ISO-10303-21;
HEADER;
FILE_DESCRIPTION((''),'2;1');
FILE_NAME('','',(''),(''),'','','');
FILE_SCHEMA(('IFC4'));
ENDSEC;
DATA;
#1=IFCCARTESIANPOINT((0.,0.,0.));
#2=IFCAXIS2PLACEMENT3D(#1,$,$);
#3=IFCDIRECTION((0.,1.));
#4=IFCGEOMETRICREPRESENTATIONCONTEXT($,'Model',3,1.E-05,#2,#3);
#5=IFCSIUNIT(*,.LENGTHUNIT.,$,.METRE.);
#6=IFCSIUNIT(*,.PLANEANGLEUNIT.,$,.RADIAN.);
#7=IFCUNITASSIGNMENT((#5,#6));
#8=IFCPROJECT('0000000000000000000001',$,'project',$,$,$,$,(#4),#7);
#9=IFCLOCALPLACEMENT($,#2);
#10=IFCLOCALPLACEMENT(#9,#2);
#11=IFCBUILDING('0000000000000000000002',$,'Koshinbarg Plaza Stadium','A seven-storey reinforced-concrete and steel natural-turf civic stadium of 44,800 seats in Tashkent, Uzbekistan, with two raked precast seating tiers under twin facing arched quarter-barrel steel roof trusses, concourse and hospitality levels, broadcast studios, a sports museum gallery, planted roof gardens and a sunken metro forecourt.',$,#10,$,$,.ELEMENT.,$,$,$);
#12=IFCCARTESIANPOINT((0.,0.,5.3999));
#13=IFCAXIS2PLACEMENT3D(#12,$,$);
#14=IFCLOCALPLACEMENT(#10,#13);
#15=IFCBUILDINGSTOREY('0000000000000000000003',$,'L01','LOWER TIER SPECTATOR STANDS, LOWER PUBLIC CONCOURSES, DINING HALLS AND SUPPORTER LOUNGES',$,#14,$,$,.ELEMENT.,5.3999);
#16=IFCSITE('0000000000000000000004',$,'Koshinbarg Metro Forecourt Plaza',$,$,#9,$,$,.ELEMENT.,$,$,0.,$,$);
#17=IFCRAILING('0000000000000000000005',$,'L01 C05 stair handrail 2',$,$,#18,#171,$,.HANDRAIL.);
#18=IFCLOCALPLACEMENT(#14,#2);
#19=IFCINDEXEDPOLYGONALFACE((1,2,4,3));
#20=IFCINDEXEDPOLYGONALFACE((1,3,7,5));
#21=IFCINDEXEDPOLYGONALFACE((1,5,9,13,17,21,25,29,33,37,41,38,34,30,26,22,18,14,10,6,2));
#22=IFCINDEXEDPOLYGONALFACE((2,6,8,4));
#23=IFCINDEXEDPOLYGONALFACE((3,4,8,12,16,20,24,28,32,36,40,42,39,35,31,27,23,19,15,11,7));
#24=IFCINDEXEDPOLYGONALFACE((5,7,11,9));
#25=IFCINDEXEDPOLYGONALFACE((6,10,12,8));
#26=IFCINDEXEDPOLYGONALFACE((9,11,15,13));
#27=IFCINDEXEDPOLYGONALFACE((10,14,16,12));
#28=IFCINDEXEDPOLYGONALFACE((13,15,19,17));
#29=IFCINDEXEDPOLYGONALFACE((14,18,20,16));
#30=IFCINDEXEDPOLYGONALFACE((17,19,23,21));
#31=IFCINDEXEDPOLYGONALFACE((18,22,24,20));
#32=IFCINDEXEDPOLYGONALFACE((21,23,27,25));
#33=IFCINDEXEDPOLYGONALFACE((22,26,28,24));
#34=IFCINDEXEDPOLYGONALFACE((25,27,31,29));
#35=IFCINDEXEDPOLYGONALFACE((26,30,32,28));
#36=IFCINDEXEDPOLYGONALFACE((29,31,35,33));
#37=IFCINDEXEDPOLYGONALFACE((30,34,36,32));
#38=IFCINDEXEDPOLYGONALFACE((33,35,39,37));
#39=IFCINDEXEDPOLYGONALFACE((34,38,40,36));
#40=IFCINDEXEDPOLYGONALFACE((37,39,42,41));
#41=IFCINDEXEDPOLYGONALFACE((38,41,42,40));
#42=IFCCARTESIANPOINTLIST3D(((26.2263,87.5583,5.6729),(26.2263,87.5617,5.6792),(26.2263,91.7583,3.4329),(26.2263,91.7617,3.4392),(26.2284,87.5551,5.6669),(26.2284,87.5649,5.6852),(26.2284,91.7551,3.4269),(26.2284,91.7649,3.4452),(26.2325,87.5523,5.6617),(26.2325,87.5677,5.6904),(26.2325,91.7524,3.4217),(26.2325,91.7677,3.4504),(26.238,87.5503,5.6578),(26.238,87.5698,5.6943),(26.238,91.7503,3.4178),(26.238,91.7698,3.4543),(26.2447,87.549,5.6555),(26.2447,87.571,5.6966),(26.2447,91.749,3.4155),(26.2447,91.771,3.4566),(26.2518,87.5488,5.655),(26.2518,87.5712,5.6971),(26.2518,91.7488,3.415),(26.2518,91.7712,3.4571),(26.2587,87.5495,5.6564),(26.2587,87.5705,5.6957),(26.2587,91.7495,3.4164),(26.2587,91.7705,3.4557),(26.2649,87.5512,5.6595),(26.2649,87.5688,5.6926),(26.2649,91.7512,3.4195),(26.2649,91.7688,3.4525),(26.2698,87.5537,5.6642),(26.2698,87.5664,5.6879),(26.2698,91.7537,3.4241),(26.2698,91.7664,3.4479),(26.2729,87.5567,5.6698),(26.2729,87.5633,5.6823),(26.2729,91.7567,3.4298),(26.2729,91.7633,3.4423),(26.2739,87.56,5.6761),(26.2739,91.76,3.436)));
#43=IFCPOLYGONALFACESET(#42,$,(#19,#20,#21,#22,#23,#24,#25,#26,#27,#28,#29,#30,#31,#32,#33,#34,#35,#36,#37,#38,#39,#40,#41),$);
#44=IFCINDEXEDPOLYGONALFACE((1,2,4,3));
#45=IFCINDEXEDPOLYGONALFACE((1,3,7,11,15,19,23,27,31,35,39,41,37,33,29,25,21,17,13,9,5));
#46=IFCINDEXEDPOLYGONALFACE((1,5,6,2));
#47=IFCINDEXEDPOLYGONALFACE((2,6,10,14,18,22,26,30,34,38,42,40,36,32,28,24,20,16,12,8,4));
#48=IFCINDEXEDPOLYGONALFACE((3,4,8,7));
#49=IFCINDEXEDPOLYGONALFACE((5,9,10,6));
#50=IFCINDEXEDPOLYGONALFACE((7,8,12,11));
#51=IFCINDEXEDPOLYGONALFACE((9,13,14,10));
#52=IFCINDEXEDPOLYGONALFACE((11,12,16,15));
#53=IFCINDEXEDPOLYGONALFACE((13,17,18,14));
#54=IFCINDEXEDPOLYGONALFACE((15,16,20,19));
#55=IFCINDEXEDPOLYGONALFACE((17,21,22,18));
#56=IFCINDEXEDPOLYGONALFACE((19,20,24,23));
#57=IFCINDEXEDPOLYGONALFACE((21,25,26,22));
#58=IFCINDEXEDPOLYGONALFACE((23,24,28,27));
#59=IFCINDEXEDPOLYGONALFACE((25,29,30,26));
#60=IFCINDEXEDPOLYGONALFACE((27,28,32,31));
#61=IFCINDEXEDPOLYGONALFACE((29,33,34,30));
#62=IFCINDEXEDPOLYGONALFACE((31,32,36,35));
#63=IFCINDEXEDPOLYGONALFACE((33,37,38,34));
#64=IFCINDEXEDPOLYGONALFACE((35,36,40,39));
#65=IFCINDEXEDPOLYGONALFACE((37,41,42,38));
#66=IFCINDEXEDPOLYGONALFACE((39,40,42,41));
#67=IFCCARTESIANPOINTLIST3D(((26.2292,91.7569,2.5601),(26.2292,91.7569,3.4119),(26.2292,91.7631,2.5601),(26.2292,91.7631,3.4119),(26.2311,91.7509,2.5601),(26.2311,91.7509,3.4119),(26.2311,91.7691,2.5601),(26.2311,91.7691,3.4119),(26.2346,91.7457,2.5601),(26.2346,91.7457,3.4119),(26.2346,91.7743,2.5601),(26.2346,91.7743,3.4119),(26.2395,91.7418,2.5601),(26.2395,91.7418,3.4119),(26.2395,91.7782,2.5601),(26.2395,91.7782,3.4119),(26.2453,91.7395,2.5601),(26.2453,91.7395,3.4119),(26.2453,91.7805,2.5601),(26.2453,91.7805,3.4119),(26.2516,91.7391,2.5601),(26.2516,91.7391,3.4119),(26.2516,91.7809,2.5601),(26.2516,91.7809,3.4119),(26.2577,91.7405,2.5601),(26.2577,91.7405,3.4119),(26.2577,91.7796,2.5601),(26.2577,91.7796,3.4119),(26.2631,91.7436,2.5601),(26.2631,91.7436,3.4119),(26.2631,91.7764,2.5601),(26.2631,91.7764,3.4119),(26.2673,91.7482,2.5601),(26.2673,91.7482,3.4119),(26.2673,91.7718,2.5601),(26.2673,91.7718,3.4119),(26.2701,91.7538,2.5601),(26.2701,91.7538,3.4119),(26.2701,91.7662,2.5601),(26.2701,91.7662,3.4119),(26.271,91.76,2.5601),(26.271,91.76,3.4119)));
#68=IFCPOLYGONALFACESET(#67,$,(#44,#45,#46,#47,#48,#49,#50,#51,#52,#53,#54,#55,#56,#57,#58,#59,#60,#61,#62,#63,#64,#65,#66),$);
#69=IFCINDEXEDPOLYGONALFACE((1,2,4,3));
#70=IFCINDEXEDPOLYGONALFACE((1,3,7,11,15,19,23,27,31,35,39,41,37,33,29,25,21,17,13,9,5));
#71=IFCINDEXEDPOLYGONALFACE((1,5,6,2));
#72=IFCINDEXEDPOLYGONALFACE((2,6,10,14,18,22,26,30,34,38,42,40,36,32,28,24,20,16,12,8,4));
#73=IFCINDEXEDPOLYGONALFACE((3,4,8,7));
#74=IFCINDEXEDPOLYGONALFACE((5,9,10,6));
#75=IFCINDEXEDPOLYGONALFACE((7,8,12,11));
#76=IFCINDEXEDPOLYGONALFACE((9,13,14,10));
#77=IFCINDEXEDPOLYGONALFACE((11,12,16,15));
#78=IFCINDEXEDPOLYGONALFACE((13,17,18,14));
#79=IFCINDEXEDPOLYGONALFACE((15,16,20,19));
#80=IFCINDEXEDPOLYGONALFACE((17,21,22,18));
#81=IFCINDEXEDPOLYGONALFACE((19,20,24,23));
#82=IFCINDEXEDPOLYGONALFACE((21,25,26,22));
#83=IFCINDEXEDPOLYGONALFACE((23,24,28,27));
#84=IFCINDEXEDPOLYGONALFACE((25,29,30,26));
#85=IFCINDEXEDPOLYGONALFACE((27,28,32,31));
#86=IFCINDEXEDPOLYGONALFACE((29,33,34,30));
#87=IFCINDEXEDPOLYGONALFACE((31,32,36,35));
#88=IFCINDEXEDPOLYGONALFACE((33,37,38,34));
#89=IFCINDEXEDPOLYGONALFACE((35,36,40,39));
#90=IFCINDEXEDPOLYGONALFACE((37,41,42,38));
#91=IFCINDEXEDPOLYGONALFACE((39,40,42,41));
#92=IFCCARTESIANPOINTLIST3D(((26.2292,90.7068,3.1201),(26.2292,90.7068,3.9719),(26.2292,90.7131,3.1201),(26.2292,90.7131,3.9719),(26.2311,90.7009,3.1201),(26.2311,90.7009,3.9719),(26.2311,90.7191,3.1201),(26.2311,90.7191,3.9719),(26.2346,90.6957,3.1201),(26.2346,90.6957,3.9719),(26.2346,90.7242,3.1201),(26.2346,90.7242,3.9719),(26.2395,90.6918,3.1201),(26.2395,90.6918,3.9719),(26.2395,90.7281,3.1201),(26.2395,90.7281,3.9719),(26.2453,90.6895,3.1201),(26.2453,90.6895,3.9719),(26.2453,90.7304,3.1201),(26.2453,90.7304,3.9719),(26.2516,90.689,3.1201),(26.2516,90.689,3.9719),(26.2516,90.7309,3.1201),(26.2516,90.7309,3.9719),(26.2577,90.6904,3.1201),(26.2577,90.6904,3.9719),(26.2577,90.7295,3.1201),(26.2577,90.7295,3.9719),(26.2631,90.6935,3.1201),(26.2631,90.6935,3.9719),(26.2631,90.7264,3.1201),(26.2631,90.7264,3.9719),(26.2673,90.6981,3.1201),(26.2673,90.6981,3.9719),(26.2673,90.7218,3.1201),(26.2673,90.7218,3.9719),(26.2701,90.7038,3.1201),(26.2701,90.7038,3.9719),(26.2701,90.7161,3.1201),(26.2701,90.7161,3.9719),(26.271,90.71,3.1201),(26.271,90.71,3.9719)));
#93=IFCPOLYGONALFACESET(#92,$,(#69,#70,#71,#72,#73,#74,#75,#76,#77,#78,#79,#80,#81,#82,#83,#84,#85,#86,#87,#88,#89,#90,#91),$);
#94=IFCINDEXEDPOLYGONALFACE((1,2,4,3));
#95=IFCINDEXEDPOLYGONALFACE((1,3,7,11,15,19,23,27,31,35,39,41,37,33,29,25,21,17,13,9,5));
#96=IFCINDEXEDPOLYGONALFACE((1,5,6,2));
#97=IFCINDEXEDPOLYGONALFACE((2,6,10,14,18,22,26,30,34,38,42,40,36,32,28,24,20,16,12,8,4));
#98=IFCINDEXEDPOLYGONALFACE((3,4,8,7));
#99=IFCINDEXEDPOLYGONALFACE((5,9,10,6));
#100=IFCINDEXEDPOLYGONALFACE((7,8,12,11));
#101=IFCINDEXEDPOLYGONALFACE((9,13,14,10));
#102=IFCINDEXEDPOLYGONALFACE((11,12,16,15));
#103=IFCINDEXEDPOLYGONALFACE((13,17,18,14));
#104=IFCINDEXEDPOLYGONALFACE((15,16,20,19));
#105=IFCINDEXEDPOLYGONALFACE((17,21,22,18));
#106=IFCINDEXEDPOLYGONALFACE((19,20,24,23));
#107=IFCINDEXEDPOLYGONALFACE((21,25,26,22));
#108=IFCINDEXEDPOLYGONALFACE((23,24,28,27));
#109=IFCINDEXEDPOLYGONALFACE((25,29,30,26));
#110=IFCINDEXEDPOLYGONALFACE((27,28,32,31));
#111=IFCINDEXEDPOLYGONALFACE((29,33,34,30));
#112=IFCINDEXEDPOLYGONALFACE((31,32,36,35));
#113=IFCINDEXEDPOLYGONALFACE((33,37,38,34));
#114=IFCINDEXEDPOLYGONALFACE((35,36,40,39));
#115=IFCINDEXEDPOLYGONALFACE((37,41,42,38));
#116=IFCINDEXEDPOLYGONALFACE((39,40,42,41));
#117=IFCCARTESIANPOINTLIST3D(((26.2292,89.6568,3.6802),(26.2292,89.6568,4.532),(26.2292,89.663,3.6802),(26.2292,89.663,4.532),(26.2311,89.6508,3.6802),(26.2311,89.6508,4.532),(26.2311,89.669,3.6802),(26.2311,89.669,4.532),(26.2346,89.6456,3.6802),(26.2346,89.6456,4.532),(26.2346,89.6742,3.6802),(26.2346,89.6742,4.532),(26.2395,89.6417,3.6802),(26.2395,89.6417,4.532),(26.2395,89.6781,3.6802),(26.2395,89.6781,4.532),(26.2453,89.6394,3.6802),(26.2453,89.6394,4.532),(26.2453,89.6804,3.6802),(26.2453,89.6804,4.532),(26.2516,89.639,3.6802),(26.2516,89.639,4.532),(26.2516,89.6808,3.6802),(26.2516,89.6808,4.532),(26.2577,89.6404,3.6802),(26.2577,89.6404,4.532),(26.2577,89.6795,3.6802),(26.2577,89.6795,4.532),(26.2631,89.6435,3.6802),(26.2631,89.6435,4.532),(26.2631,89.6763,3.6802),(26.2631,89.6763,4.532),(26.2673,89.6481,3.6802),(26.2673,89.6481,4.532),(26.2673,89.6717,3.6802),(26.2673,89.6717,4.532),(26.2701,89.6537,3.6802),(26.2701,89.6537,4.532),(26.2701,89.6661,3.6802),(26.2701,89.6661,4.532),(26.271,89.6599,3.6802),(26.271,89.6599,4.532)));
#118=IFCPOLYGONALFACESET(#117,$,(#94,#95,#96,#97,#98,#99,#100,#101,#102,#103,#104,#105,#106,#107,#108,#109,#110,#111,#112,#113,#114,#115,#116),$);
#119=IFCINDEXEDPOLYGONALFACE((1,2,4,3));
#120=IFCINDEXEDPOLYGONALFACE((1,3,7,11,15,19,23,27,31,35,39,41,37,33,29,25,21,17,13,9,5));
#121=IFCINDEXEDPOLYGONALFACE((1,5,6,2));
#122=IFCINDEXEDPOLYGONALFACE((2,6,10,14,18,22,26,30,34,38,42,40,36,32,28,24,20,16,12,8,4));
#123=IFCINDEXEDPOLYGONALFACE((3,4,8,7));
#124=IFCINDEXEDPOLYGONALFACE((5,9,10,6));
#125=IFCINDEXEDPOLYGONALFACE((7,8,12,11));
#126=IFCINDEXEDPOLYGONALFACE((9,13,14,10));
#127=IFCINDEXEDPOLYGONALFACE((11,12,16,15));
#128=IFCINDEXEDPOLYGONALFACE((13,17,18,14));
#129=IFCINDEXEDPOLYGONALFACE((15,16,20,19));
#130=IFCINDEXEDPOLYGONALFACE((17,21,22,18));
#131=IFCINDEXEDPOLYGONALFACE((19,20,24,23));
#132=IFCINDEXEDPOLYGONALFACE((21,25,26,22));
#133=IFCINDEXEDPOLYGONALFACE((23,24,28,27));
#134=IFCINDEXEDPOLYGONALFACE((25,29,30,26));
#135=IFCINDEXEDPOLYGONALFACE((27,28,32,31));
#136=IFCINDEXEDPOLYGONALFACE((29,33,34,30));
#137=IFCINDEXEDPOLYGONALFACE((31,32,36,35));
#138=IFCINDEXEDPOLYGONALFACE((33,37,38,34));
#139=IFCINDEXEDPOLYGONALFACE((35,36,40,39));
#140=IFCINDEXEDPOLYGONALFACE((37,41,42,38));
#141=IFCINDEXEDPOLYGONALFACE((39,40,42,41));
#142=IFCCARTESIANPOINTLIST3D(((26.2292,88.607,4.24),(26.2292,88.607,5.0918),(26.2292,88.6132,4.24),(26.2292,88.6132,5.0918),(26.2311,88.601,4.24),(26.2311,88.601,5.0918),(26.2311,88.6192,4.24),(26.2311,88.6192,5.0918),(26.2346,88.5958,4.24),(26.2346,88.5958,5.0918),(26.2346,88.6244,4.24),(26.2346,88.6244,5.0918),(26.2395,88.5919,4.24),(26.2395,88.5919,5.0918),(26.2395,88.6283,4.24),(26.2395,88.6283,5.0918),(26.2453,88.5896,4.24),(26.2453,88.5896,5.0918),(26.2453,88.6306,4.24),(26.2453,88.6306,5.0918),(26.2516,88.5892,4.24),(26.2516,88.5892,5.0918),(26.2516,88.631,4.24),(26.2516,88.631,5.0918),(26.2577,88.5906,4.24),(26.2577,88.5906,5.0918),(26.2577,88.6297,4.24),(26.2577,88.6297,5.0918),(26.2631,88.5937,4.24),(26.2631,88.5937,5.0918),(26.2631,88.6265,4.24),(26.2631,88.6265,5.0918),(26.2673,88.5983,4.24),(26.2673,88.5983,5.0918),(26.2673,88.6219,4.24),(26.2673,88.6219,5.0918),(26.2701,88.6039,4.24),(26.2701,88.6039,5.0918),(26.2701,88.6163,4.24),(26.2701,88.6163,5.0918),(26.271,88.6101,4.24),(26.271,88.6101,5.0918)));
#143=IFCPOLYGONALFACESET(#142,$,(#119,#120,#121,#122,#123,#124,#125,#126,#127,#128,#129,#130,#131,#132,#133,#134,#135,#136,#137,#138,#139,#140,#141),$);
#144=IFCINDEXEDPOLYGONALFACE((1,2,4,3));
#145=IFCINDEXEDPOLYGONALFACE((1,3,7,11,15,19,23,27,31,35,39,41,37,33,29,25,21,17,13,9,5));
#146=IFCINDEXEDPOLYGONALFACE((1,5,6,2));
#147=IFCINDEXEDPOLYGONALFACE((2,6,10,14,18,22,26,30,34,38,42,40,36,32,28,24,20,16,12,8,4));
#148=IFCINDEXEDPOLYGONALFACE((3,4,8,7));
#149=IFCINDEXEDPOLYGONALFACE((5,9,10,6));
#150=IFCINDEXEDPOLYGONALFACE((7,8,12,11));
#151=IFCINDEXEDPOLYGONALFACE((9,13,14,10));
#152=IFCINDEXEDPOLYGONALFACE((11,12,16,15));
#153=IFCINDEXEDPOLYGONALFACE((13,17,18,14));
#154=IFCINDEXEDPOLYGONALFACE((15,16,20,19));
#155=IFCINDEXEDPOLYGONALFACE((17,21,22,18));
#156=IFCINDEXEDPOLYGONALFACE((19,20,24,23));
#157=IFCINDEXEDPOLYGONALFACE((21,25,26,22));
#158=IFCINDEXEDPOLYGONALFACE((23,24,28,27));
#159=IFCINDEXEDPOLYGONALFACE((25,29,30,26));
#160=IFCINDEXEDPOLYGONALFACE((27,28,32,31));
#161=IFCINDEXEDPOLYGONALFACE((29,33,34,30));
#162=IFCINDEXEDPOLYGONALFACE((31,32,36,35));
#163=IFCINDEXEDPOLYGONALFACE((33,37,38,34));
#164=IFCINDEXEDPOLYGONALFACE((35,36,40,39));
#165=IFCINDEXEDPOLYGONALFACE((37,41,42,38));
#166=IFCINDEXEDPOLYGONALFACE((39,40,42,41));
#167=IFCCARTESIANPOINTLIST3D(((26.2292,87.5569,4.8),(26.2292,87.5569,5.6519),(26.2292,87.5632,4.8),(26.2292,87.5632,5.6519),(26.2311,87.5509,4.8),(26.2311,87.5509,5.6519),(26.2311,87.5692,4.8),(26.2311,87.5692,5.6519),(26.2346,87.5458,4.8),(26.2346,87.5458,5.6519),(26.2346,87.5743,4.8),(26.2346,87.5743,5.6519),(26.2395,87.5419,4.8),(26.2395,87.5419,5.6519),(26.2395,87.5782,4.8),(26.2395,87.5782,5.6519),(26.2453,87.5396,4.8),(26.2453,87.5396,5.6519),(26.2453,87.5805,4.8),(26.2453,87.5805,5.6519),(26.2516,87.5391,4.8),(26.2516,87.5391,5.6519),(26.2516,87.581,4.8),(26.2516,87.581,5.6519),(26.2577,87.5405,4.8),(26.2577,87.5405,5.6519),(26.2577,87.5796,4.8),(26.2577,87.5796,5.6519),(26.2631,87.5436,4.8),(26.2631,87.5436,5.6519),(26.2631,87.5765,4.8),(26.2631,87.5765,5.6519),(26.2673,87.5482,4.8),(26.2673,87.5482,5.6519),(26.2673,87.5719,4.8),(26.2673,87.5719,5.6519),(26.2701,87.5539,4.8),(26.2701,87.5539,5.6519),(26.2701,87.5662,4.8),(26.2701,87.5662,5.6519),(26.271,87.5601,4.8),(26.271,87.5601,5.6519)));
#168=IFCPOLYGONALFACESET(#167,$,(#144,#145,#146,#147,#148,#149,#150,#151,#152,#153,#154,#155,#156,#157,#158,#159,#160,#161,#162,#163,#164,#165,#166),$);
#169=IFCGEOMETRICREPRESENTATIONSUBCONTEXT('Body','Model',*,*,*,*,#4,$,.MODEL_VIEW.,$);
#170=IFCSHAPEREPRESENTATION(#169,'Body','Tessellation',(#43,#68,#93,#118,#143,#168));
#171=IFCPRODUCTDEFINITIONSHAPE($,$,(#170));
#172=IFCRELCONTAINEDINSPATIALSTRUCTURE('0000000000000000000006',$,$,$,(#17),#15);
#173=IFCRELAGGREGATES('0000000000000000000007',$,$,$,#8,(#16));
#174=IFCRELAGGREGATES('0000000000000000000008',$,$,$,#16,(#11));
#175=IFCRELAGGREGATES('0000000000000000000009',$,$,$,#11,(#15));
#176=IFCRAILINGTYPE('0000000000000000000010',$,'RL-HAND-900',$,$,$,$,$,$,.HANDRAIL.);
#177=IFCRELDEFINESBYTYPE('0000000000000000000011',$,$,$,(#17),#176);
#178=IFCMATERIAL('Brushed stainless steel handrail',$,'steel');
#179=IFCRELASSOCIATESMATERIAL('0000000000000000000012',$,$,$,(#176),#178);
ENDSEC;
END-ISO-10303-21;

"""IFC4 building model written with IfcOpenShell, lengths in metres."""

from ifc_helpers import new_model, si_unit, direction, frame, origin, origin_2d, place, context, subcontext, project, spatial, circle, extrude, material, type_object, element, save


model = new_model("IFC4")

# Units and contexts
model_context = context("Model", 3, precision=1e-05, world=origin(), true_north=direction((0.0, 1.0)))
body_context = subcontext(model_context, "Body", "Model", "MODEL_VIEW")
ifc_project = project(units=[si_unit("LENGTHUNIT", "METRE"), si_unit("PLANEANGLEUNIT", "RADIAN")], contexts=[model_context])

# Site, building, storey
site_placement = place(None, origin())
site = spatial("IfcSite", under=ifc_project, at=site_placement, Name="Koshinbarg Metro Forecourt Plaza", CompositionType="ELEMENT", RefElevation=0.0)
building_placement = place(site_placement, origin())
building = spatial("IfcBuilding", under=site, at=building_placement, Name="Koshinbarg Plaza Stadium", Description="A seven-storey reinforced-concrete and steel natural-turf civic stadium of 44,800 seats in Tashkent, Uzbekistan, with two raked precast seating tiers under twin facing arched quarter-barrel steel roof trusses, concourse and hospitality levels, broadcast studios, a sports museum gallery, planted roof gardens and a sunken metro forecourt.", CompositionType="ELEMENT")
storey_placement = place(building_placement, frame((0.0, 0.0, 5.3999)))
storey = spatial("IfcBuildingStorey", under=building, at=storey_placement, Name="L01", Description="LOWER TIER SPECTATOR STANDS, LOWER PUBLIC CONCOURSES, DINING HALLS AND SUPPORTER LOUNGES", CompositionType="ELEMENT", Elevation=5.3999)

# Railing
ifc_material_1 = material(Name="Brushed stainless steel handrail", Category="steel")
railing_type_1 = type_object("IfcRailingType", Name="RL-HAND-900", PredefinedType="HANDRAIL", material=ifc_material_1)
railing_1_placement = place(storey_placement, frame((26.25, 91.76, 2.5601)))
element("IfcRailing", 1, at=railing_1_placement, inside=storey, type_object=railing_type_1, Name="L01 C05 stair handrail 2", PredefinedType="HANDRAIL", context=body_context, shape_type="SweptSolid", body=[
    extrude(circle(Radius=0.0239, at=origin_2d()), frame((0.0, 0.0, 0.876), z_axis=(0.0, -0.882352, 0.470591), x_axis=(1.0, 0.0, 0.0)), (0.0, 0.0, 1.0), 4.76),
    extrude(circle(Radius=0.021, at=origin_2d()), origin(), (0.0, 0.0, 1.0), 0.8518),
    extrude(circle(Radius=0.021, at=origin_2d()), frame((0.0, -1.05, 0.5601)), (0.0, 0.0, 1.0), 0.8518),
    extrude(circle(Radius=0.021, at=origin_2d()), frame((0.0, -2.1001, 1.1201)), (0.0, 0.0, 1.0), 0.8518),
    extrude(circle(Radius=0.021, at=origin_2d()), frame((0.0, -3.1499, 1.6799)), (0.0, 0.0, 1.0), 0.8518),
    extrude(circle(Radius=0.021, at=origin_2d()), frame((0.0, -4.2, 2.24)), (0.0, 0.0, 1.0), 0.8518),
])

save(model, "model.ifc")
